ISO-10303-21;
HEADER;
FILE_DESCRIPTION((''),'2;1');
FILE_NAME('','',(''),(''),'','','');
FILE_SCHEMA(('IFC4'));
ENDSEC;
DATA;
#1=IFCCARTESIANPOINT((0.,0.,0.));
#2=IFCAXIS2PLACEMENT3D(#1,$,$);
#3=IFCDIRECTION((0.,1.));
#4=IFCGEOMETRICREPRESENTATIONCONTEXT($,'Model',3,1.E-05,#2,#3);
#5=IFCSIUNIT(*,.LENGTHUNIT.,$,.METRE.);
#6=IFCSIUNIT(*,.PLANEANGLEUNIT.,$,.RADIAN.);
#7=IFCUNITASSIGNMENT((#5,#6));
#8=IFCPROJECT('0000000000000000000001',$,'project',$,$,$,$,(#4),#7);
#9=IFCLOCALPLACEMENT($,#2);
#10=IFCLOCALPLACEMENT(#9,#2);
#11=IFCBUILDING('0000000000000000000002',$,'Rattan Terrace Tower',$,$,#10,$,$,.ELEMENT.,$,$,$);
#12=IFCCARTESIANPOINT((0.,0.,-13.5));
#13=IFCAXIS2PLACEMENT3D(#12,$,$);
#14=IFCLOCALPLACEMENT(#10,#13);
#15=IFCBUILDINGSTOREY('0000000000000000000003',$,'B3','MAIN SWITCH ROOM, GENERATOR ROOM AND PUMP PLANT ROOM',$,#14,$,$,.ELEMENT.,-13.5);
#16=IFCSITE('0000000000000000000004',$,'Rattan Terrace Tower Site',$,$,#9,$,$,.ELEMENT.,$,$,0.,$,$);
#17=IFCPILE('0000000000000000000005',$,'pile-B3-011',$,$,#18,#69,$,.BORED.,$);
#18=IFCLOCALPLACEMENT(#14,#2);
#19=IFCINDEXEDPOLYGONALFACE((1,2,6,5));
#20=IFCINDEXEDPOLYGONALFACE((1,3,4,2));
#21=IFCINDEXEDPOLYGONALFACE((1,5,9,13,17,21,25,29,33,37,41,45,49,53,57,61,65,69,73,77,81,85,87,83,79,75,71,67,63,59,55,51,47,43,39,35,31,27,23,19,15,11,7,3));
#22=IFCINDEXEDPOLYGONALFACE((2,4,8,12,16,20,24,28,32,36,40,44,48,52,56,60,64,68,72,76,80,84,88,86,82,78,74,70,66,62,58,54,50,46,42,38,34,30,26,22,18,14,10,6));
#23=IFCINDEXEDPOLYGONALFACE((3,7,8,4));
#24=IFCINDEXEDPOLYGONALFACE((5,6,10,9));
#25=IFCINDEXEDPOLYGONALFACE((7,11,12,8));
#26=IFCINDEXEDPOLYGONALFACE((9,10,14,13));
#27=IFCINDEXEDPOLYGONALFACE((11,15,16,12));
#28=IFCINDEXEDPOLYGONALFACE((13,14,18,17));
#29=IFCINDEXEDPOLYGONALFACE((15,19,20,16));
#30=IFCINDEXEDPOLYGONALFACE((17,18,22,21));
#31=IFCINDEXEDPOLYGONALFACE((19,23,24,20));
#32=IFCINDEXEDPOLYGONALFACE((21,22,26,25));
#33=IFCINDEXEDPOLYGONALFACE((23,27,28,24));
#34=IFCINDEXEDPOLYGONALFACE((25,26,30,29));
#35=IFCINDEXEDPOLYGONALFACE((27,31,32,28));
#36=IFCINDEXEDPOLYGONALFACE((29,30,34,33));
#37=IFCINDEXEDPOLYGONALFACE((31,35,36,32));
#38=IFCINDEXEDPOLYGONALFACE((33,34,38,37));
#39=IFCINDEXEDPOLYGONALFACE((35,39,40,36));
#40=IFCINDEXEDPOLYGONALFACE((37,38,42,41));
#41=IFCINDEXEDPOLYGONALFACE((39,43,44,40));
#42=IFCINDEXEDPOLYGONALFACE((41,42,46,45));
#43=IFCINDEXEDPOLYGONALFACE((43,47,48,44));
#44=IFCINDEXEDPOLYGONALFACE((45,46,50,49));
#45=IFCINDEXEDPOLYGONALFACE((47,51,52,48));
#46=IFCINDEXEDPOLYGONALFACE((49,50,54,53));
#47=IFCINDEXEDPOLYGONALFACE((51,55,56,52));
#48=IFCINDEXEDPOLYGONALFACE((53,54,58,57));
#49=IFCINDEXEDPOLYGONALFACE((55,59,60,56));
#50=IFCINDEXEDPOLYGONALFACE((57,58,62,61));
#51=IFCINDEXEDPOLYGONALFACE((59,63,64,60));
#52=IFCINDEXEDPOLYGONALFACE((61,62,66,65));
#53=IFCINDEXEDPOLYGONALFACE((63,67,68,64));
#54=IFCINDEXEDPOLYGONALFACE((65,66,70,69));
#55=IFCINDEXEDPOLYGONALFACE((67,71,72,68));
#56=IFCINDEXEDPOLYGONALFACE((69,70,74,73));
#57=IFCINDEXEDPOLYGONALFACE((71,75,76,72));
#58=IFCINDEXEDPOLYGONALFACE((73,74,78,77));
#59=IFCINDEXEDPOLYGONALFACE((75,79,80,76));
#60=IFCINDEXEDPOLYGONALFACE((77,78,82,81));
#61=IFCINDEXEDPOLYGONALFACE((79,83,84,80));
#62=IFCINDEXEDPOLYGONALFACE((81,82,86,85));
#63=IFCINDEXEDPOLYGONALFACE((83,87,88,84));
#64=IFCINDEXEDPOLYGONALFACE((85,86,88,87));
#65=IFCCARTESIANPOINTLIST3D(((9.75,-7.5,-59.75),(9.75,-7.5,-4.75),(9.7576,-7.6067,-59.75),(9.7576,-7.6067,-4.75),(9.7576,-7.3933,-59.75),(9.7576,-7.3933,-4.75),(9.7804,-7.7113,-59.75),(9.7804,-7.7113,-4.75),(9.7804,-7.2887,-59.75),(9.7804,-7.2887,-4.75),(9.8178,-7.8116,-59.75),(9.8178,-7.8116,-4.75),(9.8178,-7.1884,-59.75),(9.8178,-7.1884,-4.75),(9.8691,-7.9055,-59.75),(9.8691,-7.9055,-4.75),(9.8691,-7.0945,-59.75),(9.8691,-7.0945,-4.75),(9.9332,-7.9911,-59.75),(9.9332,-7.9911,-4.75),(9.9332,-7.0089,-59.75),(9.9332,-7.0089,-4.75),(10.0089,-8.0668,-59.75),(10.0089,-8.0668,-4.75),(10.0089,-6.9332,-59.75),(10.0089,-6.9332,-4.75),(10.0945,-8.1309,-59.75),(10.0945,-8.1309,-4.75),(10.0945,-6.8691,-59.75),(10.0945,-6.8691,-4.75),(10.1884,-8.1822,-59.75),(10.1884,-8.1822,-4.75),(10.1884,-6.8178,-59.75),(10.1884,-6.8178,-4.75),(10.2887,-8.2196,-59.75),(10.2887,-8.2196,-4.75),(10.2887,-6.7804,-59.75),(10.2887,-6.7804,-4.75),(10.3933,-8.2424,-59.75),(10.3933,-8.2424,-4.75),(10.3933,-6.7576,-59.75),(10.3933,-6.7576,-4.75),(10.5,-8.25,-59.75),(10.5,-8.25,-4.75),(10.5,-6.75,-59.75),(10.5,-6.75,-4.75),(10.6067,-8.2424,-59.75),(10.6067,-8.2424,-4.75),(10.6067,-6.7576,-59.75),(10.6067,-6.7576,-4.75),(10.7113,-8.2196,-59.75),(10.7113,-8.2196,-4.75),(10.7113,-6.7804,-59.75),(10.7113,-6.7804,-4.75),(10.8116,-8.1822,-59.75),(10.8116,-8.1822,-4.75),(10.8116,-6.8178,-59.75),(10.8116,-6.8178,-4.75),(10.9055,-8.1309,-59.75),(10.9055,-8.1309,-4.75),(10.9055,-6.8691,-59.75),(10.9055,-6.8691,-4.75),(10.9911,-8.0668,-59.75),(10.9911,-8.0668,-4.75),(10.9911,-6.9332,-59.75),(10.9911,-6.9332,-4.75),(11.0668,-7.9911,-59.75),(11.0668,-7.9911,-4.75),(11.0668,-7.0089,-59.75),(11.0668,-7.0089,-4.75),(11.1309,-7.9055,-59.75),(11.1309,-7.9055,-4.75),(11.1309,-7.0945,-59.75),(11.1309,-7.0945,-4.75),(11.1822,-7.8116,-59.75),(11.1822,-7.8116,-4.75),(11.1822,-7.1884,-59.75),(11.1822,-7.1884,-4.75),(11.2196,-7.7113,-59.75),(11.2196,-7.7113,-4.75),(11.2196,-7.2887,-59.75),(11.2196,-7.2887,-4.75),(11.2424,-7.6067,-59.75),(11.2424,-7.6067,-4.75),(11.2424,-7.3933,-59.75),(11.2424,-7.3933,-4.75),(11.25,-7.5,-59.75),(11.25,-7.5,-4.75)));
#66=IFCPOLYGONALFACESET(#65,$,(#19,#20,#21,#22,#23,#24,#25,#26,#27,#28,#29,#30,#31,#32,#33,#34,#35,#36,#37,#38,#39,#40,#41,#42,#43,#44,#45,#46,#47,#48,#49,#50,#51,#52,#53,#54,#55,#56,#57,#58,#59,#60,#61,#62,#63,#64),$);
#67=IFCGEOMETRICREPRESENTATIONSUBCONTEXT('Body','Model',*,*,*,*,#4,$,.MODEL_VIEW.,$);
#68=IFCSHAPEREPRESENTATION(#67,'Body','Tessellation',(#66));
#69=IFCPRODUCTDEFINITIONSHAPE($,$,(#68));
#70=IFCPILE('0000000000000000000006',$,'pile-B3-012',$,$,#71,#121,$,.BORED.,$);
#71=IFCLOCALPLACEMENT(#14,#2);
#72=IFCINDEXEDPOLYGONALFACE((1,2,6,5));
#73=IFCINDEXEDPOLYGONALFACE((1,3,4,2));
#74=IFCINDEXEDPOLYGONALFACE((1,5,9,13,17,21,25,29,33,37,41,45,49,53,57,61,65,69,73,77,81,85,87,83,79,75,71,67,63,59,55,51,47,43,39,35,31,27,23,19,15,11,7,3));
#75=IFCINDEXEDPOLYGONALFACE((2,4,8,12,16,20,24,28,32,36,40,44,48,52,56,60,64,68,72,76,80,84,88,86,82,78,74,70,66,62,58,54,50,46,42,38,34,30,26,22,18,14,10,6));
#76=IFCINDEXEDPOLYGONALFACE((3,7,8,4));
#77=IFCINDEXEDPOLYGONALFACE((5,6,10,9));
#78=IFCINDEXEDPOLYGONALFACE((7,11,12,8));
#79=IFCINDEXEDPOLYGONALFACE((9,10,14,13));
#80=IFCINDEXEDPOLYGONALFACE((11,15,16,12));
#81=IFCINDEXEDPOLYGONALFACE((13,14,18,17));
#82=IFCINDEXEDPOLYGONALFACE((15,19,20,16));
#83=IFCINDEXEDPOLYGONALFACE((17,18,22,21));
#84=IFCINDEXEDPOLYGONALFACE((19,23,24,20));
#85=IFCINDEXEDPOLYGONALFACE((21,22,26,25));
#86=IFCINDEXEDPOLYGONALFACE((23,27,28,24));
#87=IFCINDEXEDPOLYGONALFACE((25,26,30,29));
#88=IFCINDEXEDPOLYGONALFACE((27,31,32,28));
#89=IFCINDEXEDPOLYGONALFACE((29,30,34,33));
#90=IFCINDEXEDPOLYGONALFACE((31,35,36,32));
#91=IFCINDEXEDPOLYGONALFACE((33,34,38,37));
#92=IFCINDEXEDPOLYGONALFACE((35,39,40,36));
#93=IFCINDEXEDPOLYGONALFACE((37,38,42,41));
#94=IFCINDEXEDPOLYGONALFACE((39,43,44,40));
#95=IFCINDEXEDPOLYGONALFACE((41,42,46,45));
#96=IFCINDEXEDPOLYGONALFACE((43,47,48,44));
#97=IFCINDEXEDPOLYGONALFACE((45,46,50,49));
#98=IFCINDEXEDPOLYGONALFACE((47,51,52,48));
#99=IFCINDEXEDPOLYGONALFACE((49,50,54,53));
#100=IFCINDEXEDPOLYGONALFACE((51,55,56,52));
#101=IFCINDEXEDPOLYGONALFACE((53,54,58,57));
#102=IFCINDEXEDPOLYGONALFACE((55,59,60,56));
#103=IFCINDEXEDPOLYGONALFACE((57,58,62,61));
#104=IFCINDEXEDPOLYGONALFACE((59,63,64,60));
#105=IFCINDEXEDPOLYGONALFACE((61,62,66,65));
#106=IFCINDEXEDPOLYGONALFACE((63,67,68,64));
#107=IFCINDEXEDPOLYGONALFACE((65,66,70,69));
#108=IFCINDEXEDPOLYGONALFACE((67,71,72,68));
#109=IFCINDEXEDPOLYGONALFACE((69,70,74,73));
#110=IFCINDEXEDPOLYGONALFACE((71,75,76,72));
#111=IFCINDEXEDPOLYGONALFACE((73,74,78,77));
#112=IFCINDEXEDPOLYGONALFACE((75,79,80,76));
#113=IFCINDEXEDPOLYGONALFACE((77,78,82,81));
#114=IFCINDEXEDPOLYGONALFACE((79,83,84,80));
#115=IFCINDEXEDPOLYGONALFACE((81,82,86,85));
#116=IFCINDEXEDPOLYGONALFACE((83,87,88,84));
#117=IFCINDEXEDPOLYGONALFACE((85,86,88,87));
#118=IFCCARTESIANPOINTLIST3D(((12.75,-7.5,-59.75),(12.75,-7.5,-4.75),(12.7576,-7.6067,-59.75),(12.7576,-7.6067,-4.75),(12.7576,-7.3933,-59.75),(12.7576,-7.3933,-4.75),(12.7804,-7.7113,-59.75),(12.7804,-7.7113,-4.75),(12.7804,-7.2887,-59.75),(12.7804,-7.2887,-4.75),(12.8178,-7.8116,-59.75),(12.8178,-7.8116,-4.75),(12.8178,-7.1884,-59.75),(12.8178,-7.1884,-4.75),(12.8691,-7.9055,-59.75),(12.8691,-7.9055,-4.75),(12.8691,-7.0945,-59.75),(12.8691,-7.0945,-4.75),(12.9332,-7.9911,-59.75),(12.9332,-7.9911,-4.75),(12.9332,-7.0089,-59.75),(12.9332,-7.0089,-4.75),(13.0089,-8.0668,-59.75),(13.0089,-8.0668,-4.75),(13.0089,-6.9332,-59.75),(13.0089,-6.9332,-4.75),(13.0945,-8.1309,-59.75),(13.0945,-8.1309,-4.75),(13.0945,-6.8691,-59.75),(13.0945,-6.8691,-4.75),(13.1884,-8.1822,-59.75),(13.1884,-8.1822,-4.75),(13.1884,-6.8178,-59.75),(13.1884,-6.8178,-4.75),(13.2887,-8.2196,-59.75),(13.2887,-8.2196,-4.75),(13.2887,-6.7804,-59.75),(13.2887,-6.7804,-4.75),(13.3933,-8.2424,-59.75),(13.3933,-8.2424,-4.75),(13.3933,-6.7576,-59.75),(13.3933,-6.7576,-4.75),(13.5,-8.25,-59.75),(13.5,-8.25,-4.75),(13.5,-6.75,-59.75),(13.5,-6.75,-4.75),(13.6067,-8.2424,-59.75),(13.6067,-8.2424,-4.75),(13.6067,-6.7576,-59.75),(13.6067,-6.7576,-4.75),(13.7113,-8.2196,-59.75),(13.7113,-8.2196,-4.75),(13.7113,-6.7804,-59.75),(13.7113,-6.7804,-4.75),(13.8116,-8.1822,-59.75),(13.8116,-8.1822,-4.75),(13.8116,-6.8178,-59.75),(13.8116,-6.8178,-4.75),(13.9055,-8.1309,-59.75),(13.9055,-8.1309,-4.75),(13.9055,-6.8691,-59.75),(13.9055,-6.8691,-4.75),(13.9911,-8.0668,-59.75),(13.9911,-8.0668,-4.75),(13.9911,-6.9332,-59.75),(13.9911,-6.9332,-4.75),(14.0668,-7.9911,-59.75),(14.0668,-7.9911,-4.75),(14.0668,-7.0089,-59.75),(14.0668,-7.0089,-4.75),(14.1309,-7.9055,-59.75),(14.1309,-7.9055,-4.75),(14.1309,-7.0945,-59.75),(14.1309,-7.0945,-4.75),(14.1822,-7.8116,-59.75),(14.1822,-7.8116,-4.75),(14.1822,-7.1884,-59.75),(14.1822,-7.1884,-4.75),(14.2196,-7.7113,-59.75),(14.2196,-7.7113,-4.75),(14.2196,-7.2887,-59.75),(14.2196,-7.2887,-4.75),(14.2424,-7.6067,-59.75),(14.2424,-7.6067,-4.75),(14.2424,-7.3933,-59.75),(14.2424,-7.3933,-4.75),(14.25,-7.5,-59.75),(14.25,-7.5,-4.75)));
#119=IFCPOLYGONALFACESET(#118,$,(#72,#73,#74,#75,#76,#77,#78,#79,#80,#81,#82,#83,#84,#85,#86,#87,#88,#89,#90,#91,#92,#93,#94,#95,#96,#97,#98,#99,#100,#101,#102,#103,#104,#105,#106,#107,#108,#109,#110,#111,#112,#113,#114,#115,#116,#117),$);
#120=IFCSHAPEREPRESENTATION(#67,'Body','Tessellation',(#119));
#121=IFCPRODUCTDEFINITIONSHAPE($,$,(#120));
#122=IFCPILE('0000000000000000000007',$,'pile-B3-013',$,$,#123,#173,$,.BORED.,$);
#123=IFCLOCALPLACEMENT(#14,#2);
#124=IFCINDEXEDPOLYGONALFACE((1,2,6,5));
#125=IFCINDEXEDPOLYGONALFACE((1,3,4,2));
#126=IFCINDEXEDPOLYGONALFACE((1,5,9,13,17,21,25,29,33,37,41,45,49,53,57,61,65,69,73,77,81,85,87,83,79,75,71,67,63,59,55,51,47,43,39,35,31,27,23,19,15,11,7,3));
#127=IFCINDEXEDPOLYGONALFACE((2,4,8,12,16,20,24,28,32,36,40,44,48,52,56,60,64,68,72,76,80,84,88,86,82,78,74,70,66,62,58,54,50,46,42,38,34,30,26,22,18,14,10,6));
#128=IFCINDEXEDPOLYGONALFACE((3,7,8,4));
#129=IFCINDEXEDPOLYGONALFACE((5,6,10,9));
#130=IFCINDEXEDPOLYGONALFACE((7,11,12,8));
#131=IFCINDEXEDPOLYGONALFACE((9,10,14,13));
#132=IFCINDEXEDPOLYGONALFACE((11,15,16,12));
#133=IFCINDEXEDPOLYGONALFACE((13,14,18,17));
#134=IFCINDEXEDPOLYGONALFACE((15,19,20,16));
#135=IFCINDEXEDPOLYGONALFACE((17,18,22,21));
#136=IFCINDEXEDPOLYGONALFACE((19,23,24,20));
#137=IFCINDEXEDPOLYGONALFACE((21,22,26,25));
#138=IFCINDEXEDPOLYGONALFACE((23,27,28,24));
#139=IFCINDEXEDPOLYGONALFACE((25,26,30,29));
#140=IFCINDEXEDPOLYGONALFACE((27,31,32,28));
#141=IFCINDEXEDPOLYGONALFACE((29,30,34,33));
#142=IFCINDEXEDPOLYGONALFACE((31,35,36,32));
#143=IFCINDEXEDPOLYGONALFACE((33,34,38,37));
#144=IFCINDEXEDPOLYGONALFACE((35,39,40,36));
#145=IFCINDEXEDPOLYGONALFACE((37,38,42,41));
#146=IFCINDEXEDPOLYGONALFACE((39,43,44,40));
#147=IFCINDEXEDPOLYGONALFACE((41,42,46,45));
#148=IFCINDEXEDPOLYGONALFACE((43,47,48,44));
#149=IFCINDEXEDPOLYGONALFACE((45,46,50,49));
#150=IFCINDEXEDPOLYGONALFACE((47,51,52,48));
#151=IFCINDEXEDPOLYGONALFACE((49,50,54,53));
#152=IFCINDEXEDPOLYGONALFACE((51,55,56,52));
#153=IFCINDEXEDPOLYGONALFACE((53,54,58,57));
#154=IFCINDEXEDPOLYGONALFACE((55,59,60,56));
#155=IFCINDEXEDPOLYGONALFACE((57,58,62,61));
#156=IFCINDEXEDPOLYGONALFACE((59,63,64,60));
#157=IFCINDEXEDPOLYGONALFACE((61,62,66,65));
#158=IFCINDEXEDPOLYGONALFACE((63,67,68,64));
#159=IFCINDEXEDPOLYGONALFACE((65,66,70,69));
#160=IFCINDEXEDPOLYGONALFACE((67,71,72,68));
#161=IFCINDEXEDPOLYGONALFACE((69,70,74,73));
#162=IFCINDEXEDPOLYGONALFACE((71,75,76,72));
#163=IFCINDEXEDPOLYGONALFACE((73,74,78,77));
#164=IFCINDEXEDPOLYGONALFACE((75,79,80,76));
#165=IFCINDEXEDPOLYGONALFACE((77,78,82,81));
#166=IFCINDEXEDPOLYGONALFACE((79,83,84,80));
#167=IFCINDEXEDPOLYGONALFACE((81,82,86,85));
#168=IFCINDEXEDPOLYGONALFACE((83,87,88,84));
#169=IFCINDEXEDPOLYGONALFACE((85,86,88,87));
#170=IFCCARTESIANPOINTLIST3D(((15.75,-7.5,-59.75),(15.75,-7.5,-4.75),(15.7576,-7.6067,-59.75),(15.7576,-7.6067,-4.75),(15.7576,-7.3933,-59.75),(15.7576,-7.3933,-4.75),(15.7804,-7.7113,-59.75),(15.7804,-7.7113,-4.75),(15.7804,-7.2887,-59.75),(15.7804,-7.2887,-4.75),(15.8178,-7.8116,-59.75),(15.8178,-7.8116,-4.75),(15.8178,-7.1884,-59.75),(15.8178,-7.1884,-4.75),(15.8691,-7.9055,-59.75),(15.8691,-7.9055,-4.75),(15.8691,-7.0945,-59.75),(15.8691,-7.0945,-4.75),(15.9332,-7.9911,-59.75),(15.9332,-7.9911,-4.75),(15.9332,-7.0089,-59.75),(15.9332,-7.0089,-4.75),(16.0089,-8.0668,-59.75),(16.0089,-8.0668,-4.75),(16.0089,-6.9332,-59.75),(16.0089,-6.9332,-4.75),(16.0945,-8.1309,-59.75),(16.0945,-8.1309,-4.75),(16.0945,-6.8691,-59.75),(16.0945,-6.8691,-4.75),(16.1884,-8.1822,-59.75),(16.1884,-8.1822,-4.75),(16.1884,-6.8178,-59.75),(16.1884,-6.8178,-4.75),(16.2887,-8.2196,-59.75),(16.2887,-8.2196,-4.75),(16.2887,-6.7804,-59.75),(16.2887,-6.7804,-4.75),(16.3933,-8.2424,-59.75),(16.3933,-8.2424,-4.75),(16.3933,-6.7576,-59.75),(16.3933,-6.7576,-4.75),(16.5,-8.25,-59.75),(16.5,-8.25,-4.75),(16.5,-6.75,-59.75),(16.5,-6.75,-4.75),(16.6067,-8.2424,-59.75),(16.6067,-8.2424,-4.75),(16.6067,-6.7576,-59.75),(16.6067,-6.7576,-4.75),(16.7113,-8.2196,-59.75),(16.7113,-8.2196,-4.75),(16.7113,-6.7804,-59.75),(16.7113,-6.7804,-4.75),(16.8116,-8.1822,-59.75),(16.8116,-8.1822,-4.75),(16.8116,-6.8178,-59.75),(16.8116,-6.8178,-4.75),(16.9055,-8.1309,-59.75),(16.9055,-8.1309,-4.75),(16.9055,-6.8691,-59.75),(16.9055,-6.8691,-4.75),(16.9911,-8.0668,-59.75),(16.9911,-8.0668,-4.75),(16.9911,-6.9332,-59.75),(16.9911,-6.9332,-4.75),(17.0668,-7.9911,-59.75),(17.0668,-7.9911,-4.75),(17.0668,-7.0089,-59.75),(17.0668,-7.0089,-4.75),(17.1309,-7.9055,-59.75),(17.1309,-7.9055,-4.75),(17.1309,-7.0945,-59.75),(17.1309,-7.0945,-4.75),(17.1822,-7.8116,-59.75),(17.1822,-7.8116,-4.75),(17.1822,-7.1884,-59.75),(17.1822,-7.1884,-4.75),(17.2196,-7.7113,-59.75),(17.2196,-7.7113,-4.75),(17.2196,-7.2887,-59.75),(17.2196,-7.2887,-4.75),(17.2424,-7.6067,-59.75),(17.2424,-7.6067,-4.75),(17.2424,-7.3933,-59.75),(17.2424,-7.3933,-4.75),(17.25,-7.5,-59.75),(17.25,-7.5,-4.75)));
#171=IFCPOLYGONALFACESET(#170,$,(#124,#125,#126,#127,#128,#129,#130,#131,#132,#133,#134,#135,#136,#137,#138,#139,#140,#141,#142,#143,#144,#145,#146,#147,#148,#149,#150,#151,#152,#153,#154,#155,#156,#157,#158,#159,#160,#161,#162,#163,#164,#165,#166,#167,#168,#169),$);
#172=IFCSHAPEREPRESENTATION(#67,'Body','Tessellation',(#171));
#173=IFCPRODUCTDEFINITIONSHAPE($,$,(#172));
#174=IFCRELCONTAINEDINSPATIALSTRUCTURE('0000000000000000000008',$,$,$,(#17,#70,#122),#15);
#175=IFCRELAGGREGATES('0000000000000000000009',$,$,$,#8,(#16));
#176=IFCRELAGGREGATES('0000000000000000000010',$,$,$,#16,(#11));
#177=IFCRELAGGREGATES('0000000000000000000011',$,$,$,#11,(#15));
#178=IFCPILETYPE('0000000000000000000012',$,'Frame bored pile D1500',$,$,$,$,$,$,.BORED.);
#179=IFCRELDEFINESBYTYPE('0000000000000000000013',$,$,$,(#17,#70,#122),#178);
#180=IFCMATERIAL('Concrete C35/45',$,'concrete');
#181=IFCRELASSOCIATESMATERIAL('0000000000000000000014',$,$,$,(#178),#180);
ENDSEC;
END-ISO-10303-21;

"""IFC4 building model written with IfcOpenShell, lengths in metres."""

from ifc_helpers import new_model, si_unit, direction, frame, origin, origin_2d, place, context, subcontext, project, spatial, circle, extrude, material, material_profile, profile_set, type_object, element, save


model = new_model("IFC4")

# Units and contexts
model_context = context("Model", 3, precision=1e-05, world=origin(), true_north=direction((0.0, 1.0)))
body_context = subcontext(model_context, "Body", "Model", "MODEL_VIEW")
ifc_project = project(units=[si_unit("LENGTHUNIT", "METRE"), si_unit("PLANEANGLEUNIT", "RADIAN")], contexts=[model_context])

# Site, building, storey
site_placement = place(None, origin())
site = spatial("IfcSite", under=ifc_project, at=site_placement, Name="Rattan Terrace Tower Site", CompositionType="ELEMENT", RefElevation=0.0)
building_placement = place(site_placement, origin())
building = spatial("IfcBuilding", under=site, at=building_placement, Name="Rattan Terrace Tower", CompositionType="ELEMENT")
storey_placement = place(building_placement, frame((0.0, 0.0, -13.5)))
storey = spatial("IfcBuildingStorey", under=building, at=storey_placement, Name="B3", Description="MAIN SWITCH ROOM, GENERATOR ROOM AND PUMP PLANT ROOM", CompositionType="ELEMENT", Elevation=-13.5)

# Piles
ifc_material_1 = material(Name="Concrete C35/45", Category="concrete")
ifc_material_profile_1 = material_profile(ifc_material_1, circle(Radius=0.75, at=origin_2d()), Name="PILE D1500")
ifc_profile_set_1 = profile_set([ifc_material_profile_1], Name="Concrete C35/45")
pile_type = type_object("IfcPileType", Name="Frame bored pile D1500", PredefinedType="BORED", material=ifc_profile_set_1)
for number, where, z_axis, x_axis, name in (
    (1, (10.5, -7.5, -4.75), (0.0, 0.0, -1.0), (1.0, 0.0, 0.0), "pile-B3-011"),
    (2, (13.5, -7.5, -4.75), (0.0, 0.0, -1.0), (1.0, 0.0, 0.0), "pile-B3-012"),
    (3, (16.5, -7.5, -4.75), (0.0, 0.0, -1.0), (1.0, 0.0, 0.0), "pile-B3-013"),
):
    element("IfcPile", number, at=place(storey_placement, frame(where, z_axis=z_axis, x_axis=x_axis)), inside=storey, type_object=pile_type, Name=name, PredefinedType="BORED", context=body_context, shape_type="SweptSolid", body=[
        extrude(circle(Radius=0.75, at=origin_2d()), origin(), (0.0, 0.0, 1.0), 55.0),
    ])

save(model, "model.ifc")
